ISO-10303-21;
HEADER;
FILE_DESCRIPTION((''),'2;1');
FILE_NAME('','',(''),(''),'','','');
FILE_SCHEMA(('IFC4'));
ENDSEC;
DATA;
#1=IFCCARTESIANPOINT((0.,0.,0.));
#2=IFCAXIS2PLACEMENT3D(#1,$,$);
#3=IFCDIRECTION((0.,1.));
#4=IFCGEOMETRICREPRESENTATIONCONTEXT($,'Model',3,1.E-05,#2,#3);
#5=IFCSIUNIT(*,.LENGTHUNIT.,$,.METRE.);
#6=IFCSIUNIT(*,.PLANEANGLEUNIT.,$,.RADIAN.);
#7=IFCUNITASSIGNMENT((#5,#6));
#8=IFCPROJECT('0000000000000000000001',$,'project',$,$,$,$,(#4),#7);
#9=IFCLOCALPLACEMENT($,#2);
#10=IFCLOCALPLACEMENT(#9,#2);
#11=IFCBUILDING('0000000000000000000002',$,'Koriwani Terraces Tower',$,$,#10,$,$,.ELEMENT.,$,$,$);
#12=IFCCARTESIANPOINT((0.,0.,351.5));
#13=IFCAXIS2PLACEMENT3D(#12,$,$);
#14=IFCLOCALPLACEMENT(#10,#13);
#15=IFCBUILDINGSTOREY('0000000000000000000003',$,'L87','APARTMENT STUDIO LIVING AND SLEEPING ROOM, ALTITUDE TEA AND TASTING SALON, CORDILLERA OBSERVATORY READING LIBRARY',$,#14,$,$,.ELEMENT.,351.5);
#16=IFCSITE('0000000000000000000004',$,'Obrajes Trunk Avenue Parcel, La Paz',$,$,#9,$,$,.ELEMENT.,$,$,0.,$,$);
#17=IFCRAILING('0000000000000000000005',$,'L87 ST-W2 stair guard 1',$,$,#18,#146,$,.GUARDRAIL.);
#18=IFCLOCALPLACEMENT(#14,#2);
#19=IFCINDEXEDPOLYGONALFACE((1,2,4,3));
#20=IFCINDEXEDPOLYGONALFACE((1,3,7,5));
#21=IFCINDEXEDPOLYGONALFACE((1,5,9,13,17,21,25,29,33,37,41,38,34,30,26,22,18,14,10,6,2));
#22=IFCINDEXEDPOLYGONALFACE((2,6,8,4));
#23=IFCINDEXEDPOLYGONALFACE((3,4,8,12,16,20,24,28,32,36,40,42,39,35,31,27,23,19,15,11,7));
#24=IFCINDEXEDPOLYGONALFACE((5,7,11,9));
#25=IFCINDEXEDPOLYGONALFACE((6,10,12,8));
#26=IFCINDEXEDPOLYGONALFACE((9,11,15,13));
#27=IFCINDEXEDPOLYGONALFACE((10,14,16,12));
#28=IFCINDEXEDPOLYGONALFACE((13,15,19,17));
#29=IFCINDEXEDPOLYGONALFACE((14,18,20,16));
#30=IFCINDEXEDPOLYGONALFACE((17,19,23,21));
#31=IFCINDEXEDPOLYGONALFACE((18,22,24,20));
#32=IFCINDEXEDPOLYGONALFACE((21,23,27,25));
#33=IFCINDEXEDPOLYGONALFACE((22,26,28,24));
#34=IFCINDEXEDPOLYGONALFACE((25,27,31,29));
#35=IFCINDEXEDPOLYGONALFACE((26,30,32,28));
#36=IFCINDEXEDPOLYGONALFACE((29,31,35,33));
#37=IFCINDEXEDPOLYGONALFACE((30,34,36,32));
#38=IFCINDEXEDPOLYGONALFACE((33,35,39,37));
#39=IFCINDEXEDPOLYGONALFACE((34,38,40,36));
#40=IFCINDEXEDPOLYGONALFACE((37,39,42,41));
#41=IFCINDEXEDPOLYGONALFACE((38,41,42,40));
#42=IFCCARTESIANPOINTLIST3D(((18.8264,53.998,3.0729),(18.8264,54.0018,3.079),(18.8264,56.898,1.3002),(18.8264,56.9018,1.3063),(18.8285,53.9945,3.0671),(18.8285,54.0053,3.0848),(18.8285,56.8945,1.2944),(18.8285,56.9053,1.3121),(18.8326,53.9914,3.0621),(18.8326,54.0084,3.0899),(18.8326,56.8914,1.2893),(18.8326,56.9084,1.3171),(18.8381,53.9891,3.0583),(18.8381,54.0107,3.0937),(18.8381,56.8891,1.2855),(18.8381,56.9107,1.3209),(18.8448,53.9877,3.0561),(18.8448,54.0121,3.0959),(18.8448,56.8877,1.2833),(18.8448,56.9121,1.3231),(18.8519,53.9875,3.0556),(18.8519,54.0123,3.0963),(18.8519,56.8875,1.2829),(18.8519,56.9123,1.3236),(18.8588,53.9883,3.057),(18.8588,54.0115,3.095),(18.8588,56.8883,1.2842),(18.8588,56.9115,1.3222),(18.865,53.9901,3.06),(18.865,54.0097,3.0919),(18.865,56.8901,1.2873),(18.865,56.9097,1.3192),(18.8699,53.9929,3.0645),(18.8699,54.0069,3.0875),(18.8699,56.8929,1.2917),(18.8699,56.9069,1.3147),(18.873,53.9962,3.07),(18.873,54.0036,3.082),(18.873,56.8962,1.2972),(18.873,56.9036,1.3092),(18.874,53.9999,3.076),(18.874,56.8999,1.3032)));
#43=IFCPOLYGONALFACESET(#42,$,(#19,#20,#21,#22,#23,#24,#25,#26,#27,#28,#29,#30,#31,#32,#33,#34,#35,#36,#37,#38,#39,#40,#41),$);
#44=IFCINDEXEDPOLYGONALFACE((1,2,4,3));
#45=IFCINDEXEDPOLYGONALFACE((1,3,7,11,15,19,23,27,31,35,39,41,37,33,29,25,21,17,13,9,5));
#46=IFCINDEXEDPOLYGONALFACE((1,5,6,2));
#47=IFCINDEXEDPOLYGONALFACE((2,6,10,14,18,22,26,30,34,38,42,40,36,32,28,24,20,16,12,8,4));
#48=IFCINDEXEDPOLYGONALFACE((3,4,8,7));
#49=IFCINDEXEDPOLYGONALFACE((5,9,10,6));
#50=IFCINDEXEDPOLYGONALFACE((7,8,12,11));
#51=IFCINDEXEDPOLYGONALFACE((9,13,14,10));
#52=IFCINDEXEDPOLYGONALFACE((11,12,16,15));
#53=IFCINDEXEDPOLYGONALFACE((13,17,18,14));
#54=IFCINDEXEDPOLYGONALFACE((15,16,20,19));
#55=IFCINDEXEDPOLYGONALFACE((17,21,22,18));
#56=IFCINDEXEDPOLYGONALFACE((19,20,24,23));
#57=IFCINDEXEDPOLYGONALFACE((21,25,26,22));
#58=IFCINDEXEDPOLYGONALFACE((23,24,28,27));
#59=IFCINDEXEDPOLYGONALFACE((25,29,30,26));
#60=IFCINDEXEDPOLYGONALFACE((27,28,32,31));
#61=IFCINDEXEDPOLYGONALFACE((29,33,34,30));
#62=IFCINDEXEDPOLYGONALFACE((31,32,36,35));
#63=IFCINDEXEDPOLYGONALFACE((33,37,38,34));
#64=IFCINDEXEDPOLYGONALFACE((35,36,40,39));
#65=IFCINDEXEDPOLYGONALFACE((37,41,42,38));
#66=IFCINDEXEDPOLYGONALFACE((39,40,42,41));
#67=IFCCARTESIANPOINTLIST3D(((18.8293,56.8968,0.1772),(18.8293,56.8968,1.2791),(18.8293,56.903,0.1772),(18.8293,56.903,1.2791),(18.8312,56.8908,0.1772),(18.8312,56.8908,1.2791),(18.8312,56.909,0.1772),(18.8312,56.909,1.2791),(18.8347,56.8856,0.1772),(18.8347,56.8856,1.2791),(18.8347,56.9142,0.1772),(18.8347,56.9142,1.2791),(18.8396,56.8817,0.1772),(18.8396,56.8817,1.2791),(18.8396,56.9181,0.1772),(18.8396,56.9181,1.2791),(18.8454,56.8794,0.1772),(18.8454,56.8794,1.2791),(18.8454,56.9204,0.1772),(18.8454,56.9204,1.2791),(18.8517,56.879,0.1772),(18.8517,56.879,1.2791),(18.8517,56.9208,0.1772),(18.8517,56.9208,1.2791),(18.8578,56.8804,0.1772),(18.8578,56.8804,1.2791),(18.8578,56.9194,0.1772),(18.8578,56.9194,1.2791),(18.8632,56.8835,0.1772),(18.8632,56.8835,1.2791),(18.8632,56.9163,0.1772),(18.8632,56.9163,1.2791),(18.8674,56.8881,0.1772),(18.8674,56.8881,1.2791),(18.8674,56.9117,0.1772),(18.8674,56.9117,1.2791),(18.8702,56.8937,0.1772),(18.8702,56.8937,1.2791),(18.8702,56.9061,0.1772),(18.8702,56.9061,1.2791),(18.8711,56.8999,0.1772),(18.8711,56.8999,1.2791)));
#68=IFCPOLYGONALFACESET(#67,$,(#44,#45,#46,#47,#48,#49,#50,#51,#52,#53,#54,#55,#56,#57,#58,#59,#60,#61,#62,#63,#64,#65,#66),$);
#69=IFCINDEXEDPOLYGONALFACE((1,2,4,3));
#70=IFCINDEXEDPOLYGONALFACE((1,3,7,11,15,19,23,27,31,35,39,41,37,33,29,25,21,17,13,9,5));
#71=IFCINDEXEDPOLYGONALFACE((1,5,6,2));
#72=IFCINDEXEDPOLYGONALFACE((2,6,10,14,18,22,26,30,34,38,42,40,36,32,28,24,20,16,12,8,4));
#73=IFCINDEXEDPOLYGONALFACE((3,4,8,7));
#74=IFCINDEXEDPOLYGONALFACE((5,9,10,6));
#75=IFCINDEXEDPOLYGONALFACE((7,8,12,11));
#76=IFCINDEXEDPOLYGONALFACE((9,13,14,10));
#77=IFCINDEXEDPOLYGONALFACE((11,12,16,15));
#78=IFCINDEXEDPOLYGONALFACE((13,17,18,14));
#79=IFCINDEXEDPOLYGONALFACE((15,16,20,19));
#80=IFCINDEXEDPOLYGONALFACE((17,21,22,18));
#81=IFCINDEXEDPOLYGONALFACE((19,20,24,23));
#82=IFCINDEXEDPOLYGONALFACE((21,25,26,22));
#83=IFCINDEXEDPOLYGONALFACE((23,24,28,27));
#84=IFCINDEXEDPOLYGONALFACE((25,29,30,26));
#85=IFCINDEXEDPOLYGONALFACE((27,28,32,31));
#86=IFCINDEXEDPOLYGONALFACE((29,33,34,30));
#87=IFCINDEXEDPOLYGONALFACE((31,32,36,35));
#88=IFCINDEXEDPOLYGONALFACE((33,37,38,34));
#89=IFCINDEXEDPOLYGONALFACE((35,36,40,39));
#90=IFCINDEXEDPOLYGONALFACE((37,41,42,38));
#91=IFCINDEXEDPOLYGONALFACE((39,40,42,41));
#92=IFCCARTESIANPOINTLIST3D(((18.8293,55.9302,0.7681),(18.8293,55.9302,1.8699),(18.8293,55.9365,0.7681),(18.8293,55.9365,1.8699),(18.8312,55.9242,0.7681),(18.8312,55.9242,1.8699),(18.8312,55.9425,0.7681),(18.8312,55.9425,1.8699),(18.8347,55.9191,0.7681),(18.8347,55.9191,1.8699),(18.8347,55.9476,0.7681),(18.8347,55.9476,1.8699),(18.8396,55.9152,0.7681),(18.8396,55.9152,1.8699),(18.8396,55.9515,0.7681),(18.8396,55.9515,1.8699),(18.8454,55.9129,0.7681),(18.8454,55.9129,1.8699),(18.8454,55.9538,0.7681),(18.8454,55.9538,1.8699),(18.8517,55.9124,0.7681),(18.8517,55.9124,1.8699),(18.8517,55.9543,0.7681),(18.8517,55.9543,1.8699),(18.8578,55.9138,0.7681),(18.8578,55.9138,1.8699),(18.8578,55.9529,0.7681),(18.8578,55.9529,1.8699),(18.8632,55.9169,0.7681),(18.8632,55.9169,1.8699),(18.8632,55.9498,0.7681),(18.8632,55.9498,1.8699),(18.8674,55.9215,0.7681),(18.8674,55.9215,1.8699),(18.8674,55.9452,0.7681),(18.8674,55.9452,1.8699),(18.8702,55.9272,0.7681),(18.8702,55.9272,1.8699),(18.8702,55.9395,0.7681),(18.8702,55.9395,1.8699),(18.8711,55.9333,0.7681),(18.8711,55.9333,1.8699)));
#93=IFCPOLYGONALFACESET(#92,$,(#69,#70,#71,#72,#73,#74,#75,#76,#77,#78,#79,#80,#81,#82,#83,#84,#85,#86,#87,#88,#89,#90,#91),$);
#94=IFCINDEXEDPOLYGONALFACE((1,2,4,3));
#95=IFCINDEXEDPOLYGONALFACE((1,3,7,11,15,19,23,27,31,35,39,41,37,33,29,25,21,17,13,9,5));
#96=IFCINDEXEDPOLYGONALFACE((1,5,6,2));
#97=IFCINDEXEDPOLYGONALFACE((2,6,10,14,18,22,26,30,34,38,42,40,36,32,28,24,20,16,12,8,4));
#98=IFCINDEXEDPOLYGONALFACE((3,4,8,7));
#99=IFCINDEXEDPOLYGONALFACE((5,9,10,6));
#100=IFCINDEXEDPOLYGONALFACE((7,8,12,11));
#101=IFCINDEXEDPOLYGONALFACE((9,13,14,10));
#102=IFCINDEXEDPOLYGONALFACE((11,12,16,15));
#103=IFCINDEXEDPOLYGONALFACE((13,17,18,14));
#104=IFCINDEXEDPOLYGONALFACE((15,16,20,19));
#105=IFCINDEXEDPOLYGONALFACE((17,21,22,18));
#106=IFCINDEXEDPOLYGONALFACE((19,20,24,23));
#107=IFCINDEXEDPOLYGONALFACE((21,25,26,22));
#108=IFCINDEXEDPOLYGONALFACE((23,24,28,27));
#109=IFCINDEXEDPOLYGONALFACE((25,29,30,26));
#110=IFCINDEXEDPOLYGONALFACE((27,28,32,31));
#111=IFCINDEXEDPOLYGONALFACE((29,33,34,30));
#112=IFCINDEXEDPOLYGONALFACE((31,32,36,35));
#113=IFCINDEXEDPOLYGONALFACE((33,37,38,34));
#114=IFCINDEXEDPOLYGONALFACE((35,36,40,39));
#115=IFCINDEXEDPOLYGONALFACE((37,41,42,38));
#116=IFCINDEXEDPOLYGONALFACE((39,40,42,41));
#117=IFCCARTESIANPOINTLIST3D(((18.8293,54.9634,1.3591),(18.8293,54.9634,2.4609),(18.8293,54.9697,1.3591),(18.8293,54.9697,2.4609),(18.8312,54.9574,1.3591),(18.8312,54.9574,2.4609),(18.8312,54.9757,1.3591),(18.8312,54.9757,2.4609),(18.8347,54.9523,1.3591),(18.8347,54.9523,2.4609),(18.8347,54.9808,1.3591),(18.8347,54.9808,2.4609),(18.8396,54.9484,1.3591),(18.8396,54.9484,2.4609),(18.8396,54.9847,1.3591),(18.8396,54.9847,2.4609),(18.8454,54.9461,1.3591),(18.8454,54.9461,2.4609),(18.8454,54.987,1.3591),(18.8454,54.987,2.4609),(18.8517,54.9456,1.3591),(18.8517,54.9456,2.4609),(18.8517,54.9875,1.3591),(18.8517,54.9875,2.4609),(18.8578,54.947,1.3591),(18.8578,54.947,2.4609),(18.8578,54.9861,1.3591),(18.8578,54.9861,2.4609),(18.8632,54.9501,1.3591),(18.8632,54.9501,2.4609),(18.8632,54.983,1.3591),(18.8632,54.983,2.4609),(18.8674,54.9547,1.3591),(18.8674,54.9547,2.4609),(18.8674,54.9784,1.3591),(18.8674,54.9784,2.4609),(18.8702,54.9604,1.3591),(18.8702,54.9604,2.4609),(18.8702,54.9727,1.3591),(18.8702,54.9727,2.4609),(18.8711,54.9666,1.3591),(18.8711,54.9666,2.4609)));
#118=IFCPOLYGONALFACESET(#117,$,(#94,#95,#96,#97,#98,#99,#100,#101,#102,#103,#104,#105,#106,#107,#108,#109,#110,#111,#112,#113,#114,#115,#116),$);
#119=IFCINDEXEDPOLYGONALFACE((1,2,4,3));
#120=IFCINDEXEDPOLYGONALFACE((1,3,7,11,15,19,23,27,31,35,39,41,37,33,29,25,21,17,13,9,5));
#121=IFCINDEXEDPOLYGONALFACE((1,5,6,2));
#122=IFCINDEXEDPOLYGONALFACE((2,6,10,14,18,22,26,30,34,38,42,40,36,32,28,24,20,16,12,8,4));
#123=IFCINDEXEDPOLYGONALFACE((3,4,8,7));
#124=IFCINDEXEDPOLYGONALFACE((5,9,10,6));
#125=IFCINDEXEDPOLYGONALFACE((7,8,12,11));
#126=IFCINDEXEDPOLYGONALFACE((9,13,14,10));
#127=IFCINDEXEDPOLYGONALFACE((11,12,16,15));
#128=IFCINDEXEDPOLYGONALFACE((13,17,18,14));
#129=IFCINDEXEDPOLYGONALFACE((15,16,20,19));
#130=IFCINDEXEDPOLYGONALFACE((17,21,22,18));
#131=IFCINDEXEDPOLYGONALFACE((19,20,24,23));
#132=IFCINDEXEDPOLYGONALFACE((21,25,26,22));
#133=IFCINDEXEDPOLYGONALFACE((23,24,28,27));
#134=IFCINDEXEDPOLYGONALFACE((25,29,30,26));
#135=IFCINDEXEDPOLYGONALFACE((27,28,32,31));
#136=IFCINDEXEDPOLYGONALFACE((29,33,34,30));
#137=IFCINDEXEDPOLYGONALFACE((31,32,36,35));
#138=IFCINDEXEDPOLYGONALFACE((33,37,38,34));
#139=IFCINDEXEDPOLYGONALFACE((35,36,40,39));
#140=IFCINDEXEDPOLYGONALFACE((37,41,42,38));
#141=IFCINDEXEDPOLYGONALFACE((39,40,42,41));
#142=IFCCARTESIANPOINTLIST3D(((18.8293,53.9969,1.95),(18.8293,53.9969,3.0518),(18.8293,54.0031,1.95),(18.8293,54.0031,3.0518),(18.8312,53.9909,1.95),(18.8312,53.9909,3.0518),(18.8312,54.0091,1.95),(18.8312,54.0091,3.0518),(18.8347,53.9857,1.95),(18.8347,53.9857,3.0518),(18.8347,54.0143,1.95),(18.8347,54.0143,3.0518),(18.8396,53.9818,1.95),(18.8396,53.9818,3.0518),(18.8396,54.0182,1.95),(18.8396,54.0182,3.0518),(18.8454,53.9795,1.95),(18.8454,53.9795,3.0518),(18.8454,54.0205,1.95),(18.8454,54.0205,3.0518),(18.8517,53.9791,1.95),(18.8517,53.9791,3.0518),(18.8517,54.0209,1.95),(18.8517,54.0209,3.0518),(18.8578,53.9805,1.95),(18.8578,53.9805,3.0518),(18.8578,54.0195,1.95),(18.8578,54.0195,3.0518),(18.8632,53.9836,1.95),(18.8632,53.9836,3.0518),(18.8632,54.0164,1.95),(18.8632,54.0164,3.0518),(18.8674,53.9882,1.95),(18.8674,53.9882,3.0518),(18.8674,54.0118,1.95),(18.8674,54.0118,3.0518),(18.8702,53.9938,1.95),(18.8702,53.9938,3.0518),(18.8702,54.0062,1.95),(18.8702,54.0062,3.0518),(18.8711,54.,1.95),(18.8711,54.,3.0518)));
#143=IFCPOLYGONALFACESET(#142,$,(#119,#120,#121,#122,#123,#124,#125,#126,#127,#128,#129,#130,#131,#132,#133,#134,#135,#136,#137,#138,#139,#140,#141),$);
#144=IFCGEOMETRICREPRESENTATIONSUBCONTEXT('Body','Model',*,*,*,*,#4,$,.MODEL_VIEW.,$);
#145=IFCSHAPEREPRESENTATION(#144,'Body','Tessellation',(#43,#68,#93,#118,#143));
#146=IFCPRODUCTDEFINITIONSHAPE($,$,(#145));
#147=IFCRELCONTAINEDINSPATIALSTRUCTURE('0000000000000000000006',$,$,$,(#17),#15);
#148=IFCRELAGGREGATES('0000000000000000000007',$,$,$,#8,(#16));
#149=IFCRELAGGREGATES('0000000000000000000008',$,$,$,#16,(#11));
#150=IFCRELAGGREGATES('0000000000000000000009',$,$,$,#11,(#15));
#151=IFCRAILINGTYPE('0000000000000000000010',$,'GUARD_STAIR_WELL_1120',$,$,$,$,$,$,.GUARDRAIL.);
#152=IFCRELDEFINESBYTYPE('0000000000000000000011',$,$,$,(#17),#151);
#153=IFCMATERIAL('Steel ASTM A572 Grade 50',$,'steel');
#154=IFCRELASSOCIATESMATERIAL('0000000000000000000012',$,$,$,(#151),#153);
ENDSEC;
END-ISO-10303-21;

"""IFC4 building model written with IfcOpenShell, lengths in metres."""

from ifc_helpers import new_model, si_unit, direction, frame, origin, origin_2d, place, context, subcontext, project, spatial, circle, extrude, material, type_object, element, save


model = new_model("IFC4")

# Units and contexts
model_context = context("Model", 3, precision=1e-05, world=origin(), true_north=direction((0.0, 1.0)))
body_context = subcontext(model_context, "Body", "Model", "MODEL_VIEW")
ifc_project = project(units=[si_unit("LENGTHUNIT", "METRE"), si_unit("PLANEANGLEUNIT", "RADIAN")], contexts=[model_context])

# Site, building, storey
site_placement = place(None, origin())
site = spatial("IfcSite", under=ifc_project, at=site_placement, Name="Obrajes Trunk Avenue Parcel, La Paz", CompositionType="ELEMENT", RefElevation=0.0)
building_placement = place(site_placement, origin())
building = spatial("IfcBuilding", under=site, at=building_placement, Name="Koriwani Terraces Tower", CompositionType="ELEMENT")
storey_placement = place(building_placement, frame((0.0, 0.0, 351.5)))
storey = spatial("IfcBuildingStorey", under=building, at=storey_placement, Name="L87", Description="APARTMENT STUDIO LIVING AND SLEEPING ROOM, ALTITUDE TEA AND TASTING SALON, CORDILLERA OBSERVATORY READING LIBRARY", CompositionType="ELEMENT", Elevation=351.5)

# Shared definitions
ifc_material_1 = material(Name="Steel ASTM A572 Grade 50", Category="steel")

# Railing
railing_type_1 = type_object("IfcRailingType", Name="GUARD_STAIR_WELL_1120", PredefinedType="GUARDRAIL", material=ifc_material_1)
railing_1_placement = place(storey_placement, frame((18.8501, 56.8999, 0.1772)))
element("IfcRailing", 1, at=railing_1_placement, inside=storey, type_object=railing_type_1, Name="L87 ST-W2 stair guard 1", PredefinedType="GUARDRAIL", context=body_context, shape_type="SweptSolid", body=[
    extrude(circle(Radius=0.0239, at=origin_2d()), frame((0.0, 0.0, 1.126), z_axis=(0.0, -0.853211, 0.521566), x_axis=(1.0, 0.0, 0.0)), (0.0, 0.0, 1.0), 3.3989),
    extrude(circle(Radius=0.021, at=origin_2d()), origin(), (0.0, 0.0, 1.0), 1.1018),
    extrude(circle(Radius=0.021, at=origin_2d()), frame((0.0, -0.9666, 0.5908)), (0.0, 0.0, 1.0), 1.1018),
    extrude(circle(Radius=0.021, at=origin_2d()), frame((0.0, -1.9333, 1.1819)), (0.0, 0.0, 1.0), 1.1018),
    extrude(circle(Radius=0.021, at=origin_2d()), frame((0.0, -2.8999, 1.7727)), (0.0, 0.0, 1.0), 1.1018),
])

save(model, "model.ifc")
